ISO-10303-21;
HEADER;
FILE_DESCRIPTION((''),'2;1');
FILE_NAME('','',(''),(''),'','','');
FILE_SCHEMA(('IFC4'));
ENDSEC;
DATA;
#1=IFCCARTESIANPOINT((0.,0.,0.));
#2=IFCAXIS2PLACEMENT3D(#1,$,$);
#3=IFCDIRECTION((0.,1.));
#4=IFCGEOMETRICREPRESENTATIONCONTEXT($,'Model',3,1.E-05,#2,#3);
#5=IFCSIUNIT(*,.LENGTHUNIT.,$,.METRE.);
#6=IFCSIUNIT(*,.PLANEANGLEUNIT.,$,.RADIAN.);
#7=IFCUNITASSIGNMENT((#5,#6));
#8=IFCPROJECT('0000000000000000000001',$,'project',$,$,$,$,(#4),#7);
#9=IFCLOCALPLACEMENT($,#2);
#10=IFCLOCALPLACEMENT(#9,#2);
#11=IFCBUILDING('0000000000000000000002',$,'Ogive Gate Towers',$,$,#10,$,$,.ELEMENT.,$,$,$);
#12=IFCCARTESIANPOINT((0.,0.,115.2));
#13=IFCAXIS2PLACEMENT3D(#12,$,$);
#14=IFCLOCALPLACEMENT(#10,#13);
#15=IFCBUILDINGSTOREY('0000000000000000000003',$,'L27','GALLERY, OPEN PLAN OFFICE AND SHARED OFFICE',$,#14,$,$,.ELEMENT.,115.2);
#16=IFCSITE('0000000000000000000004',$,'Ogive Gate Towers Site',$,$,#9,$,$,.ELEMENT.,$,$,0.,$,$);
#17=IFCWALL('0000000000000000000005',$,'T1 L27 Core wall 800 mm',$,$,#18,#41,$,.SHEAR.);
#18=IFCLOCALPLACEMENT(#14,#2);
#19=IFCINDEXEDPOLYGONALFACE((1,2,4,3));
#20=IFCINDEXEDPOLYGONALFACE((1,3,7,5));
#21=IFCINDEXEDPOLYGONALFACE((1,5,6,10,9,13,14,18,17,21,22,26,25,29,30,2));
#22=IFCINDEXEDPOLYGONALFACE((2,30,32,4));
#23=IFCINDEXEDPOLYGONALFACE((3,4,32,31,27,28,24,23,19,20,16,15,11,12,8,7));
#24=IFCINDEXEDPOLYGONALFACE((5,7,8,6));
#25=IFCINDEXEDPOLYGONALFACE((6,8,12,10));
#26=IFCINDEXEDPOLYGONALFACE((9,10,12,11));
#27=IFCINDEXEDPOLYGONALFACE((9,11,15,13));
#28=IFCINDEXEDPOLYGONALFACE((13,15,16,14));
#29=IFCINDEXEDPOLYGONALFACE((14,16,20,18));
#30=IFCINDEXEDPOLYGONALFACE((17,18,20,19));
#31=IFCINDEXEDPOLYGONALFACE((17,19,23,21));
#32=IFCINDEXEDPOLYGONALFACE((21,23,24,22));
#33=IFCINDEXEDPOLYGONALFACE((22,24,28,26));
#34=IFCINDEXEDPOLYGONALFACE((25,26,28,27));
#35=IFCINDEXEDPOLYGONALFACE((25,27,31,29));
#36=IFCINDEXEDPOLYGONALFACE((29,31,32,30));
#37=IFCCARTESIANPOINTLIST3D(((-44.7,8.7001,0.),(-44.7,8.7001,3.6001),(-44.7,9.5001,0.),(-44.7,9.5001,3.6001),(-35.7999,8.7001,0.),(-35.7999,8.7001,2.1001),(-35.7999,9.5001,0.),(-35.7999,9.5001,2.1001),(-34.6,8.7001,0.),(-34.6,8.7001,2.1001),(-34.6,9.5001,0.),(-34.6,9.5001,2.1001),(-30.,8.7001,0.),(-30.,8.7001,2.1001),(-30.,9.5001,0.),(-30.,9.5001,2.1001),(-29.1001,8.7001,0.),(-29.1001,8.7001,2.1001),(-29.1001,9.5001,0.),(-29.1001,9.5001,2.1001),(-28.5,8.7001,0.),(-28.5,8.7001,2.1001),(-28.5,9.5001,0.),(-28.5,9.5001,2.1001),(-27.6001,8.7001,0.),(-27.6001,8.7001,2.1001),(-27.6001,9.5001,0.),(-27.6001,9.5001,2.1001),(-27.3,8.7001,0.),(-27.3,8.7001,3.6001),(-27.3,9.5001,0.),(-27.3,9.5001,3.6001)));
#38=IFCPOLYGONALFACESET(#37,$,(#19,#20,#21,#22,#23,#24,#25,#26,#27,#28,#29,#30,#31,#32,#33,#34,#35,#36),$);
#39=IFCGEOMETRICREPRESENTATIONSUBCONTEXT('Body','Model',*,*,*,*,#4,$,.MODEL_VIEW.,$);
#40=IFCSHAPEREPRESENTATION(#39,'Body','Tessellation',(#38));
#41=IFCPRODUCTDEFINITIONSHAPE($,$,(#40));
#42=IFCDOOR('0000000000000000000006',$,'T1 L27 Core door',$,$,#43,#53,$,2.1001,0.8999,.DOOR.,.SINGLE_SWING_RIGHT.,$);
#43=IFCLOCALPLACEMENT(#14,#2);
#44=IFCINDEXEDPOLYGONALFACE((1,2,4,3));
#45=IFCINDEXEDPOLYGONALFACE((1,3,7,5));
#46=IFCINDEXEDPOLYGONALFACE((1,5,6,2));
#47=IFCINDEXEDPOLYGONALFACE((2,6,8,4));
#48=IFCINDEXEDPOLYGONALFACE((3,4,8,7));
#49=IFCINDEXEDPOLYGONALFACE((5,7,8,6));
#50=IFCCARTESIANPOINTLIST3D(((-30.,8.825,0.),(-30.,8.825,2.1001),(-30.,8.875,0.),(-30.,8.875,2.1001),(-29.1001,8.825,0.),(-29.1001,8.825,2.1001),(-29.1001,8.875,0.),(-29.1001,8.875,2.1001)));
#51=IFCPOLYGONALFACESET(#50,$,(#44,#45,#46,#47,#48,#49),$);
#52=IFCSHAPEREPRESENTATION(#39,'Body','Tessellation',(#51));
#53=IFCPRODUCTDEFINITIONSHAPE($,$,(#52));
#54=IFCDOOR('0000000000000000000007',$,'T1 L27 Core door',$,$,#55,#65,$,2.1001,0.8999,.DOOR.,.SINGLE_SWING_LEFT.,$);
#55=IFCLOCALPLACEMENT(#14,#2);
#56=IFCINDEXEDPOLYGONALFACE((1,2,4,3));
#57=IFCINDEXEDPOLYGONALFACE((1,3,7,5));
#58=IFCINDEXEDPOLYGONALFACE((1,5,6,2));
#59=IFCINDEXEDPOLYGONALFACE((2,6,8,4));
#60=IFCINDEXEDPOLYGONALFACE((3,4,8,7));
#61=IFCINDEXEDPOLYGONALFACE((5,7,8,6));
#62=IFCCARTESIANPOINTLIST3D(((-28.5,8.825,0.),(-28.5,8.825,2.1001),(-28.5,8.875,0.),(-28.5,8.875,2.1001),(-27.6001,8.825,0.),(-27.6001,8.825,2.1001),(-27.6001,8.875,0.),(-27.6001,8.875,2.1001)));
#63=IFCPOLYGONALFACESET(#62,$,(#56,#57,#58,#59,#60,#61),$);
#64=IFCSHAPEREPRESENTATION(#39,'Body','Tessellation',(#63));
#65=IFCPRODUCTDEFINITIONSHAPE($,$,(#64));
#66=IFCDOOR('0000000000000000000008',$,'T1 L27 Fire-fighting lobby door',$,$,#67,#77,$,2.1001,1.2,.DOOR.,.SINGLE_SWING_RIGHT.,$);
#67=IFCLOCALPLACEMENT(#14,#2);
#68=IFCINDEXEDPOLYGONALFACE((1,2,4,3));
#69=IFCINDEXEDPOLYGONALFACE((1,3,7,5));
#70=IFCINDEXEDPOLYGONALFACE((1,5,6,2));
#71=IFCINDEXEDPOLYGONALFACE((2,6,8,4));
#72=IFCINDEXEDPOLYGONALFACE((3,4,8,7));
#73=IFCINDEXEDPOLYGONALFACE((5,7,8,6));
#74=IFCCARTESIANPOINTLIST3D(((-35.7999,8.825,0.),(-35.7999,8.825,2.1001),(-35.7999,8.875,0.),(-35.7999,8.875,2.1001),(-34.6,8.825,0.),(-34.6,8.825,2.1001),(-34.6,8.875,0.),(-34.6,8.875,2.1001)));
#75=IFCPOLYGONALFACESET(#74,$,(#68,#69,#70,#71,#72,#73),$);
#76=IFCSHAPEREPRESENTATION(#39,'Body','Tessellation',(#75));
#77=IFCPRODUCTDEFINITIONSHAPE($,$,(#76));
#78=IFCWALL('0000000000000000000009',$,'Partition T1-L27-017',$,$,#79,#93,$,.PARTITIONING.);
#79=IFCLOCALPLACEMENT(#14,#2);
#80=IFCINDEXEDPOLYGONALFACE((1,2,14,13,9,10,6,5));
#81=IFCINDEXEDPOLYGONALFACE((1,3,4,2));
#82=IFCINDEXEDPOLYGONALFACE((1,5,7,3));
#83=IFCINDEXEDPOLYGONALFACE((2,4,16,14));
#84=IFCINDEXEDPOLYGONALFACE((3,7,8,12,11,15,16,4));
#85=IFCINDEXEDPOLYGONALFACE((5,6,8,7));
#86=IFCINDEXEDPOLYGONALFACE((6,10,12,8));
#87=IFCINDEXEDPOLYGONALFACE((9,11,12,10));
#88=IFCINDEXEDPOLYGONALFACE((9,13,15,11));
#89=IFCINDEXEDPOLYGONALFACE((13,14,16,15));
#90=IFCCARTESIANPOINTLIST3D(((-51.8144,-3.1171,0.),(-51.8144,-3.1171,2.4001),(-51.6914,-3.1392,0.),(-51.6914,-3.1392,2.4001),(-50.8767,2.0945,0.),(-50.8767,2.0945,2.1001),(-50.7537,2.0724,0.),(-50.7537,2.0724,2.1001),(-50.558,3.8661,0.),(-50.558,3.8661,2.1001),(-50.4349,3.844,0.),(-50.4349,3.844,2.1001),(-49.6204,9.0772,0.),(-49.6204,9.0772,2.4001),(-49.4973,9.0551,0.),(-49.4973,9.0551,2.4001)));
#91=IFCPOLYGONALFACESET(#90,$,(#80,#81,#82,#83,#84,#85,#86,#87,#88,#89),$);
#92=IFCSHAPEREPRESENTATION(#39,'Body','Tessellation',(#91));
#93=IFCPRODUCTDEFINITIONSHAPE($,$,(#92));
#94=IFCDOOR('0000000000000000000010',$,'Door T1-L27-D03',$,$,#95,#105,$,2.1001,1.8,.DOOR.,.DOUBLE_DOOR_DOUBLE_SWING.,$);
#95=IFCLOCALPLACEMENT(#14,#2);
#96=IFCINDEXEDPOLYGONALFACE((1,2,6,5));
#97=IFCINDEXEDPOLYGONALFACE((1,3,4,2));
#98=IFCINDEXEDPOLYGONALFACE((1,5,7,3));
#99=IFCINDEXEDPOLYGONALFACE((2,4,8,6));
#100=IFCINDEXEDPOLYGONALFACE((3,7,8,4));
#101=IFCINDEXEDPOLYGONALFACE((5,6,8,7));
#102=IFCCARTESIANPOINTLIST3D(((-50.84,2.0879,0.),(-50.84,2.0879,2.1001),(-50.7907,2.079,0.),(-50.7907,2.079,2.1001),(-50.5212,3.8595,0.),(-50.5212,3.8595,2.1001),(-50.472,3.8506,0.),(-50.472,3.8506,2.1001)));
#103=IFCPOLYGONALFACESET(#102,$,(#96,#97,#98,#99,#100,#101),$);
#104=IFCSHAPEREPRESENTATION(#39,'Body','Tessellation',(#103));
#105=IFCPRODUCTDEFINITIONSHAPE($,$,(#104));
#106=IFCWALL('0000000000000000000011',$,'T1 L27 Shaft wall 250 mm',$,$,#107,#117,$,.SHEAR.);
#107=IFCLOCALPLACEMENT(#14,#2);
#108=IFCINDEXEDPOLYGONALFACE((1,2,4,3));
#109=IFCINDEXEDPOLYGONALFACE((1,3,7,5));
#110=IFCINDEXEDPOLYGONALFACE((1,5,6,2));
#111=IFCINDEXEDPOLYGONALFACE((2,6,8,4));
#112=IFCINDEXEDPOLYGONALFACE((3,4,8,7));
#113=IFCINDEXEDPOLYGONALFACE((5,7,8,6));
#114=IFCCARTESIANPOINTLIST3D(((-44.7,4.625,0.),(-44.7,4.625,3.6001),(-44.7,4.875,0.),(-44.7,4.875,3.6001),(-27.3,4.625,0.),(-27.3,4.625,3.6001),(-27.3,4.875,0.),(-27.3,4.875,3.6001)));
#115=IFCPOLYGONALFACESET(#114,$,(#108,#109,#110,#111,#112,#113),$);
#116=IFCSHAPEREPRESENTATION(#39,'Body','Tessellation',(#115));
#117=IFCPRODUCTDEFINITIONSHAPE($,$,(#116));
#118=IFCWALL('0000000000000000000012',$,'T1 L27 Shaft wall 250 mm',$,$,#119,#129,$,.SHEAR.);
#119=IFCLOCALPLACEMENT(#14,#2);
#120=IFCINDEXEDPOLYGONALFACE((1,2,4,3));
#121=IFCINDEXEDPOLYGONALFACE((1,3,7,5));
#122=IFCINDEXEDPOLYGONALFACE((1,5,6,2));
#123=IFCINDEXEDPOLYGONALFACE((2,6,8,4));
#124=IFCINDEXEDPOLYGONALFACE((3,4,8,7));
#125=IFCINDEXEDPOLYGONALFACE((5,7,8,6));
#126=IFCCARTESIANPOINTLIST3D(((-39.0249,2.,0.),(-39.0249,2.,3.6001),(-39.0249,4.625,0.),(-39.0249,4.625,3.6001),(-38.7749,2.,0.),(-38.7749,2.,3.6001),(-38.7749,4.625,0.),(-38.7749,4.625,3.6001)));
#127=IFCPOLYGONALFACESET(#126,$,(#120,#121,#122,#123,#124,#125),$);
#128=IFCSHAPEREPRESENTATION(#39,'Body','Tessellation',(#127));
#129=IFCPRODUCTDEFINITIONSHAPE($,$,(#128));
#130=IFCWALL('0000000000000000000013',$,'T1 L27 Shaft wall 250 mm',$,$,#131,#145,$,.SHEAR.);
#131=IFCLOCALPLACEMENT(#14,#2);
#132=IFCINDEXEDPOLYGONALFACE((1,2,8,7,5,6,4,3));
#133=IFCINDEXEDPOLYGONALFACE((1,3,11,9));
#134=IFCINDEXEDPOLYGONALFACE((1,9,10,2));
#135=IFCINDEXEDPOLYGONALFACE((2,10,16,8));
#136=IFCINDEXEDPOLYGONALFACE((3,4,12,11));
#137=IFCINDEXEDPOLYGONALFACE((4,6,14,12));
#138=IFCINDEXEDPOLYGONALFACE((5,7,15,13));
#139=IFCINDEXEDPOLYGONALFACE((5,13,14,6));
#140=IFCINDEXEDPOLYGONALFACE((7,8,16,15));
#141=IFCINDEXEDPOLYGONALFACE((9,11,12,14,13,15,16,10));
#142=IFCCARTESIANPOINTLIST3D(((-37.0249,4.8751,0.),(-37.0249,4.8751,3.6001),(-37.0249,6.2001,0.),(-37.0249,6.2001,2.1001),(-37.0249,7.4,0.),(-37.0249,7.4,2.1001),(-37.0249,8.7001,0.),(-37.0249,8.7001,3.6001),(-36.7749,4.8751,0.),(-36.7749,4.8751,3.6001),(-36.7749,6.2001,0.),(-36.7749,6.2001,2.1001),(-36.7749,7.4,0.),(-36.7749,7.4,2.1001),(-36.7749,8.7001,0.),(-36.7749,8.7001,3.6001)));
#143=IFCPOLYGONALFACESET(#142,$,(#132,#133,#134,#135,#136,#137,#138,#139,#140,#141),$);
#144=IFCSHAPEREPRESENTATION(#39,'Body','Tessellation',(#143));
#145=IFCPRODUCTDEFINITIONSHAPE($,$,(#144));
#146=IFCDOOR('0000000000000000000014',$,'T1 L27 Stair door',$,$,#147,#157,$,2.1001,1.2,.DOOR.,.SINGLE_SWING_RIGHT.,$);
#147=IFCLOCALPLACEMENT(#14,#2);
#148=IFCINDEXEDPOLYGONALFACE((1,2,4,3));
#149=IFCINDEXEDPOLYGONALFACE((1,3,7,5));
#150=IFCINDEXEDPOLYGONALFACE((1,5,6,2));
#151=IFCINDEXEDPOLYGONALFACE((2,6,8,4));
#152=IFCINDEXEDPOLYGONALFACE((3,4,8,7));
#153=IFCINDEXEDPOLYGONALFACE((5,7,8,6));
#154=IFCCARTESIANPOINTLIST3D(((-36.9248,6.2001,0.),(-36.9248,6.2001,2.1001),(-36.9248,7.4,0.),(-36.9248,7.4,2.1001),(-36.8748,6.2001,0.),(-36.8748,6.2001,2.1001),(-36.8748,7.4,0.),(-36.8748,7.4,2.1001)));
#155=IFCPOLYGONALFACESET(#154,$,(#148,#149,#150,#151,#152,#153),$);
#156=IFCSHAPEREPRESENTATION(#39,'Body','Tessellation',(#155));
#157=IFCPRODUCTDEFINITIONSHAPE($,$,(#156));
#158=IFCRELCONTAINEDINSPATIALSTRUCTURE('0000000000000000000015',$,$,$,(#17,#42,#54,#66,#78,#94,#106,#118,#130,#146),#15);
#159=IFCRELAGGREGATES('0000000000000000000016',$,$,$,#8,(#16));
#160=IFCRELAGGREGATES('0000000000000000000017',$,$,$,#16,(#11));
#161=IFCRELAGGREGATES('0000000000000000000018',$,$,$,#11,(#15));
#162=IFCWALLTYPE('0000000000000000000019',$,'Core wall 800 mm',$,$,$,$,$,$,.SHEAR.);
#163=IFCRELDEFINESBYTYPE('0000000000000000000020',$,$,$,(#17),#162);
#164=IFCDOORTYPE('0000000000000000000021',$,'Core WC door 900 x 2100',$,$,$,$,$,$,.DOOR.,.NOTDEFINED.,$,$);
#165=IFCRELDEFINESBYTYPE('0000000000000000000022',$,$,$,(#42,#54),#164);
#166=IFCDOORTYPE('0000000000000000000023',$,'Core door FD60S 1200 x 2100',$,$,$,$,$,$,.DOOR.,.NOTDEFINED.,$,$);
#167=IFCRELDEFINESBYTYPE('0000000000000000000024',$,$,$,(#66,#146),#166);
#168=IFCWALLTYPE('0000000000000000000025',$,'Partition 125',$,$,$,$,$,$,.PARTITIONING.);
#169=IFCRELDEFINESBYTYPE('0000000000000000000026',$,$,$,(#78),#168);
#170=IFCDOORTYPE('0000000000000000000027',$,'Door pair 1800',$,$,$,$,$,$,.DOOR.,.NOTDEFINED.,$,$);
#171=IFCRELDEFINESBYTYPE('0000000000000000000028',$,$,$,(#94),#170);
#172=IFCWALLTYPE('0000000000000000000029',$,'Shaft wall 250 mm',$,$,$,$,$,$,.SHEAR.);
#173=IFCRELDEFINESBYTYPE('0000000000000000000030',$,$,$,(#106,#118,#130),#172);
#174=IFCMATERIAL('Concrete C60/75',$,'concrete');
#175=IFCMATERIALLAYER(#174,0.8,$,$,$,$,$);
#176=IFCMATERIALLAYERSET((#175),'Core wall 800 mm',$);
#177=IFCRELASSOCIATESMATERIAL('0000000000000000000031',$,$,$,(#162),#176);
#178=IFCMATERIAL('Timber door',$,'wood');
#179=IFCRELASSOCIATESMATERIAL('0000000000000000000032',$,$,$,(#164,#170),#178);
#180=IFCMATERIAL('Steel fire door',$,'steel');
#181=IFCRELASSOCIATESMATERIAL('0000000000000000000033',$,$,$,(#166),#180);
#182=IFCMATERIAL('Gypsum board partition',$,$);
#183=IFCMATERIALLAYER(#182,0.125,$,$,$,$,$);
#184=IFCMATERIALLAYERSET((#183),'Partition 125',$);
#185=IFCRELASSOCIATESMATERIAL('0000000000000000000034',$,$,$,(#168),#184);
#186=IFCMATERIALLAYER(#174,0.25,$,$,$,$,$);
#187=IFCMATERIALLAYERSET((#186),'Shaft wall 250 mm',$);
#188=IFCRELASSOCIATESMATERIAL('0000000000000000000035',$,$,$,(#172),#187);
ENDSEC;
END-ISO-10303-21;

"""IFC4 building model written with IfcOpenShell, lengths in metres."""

from ifc_helpers import new_model, si_unit, direction, frame, frame_2d, origin, place, context, subcontext, project, spatial, rectangle, extrude, material, layer, layer_set, type_object, element, fill, save


model = new_model("IFC4")

# Units and contexts
model_context = context("Model", 3, precision=1e-05, world=origin(), true_north=direction((0.0, 1.0)))
body_context = subcontext(model_context, "Body", "Model", "MODEL_VIEW")
ifc_project = project(units=[si_unit("LENGTHUNIT", "METRE"), si_unit("PLANEANGLEUNIT", "RADIAN")], contexts=[model_context])

# Site, building, storey
site_placement = place(None, origin())
site = spatial("IfcSite", under=ifc_project, at=site_placement, Name="Ogive Gate Towers Site", CompositionType="ELEMENT", RefElevation=0.0)
building_placement = place(site_placement, origin())
building = spatial("IfcBuilding", under=site, at=building_placement, Name="Ogive Gate Towers", CompositionType="ELEMENT")
storey_placement = place(building_placement, frame((0.0, 0.0, 115.2)))
storey = spatial("IfcBuildingStorey", under=building, at=storey_placement, Name="L27", Description="GALLERY, OPEN PLAN OFFICE AND SHARED OFFICE", CompositionType="ELEMENT", Elevation=115.2)

# Wall, openings, doors
ifc_material_1 = material(Name="Concrete C60/75", Category="concrete")
ifc_layer_1 = layer(ifc_material_1, 0.8)
ifc_layer_set_1 = layer_set([ifc_layer_1], Name="Core wall 800 mm")
wall_type_1 = type_object("IfcWallType", Name="Core wall 800 mm", PredefinedType="SHEAR", material=ifc_layer_set_1)
wall_1_placement = place(storey_placement, frame((-44.7, 9.1001, 0.0), z_axis=(0.0, 0.0, 1.0), x_axis=(1.0, 0.0, 0.0)))
wall_1 = element("IfcWall", 1, at=wall_1_placement, inside=storey, type_object=wall_type_1, Name="T1 L27 Core wall 800 mm", PredefinedType="SHEAR", context=body_context, shape_type="SweptSolid", body=[
    extrude(rectangle(XDim=17.3999, YDim=0.8, at=frame_2d((8.7, 0.0))), origin(), (0.0, 0.0, 1.0), 3.6001),
])
opening_1_placement = place(wall_1_placement, frame((8.8999, 0.0, 0.0)))
opening_1 = element("IfcOpeningElement", 2, at=opening_1_placement, cuts=wall_1, PredefinedType="OPENING", context=body_context, shape_type="SweptSolid", body=[
    extrude(rectangle(XDim=1.2, YDim=2.1001, at=frame_2d((0.6001, 1.05))), frame((0.0, 0.4102, 0.0), z_axis=(0.0, -1.0, 0.0), x_axis=(1.0, 0.0, 0.0)), (0.0, 0.0, 1.0), 0.8201),
])
opening_2_placement = place(wall_1_placement, frame((14.7, 0.0, 0.0)))
opening_2 = element("IfcOpeningElement", 3, at=opening_2_placement, cuts=wall_1, PredefinedType="OPENING", context=body_context, shape_type="SweptSolid", body=[
    extrude(rectangle(XDim=0.8999, YDim=2.1001, at=frame_2d((0.45, 1.05))), frame((0.0, 0.4102, 0.0), z_axis=(0.0, -1.0, 0.0), x_axis=(1.0, 0.0, 0.0)), (0.0, 0.0, 1.0), 0.8201),
])
opening_3_placement = place(wall_1_placement, frame((16.2, 0.0, 0.0)))
opening_3 = element("IfcOpeningElement", 4, at=opening_3_placement, cuts=wall_1, PredefinedType="OPENING", context=body_context, shape_type="SweptSolid", body=[
    extrude(rectangle(XDim=0.8999, YDim=2.1001, at=frame_2d((0.45, 1.05))), frame((0.0, 0.4102, 0.0), z_axis=(0.0, -1.0, 0.0), x_axis=(1.0, 0.0, 0.0)), (0.0, 0.0, 1.0), 0.8201),
])
ifc_material_2 = material(Name="Timber door", Category="wood")
door_type_1 = type_object("IfcDoorType", Name="Core WC door 900 x 2100", OperationType="NOTDEFINED", PredefinedType="DOOR", material=ifc_material_2)
door_1_placement = place(opening_2_placement, origin())
door_1 = element("IfcDoor", 5, at=door_1_placement, inside=storey, type_object=door_type_1, Name="T1 L27 Core door", OperationType="SINGLE_SWING_RIGHT", OverallHeight=2.1001, OverallWidth=0.8999, PredefinedType="DOOR", context=body_context, shape_type="SweptSolid", body=[
    extrude(rectangle(XDim=0.8999, YDim=2.1001, at=frame_2d((0.45, 1.05))), frame((0.0, -0.2251, 0.0), z_axis=(0.0, -1.0, 0.0), x_axis=(1.0, 0.0, 0.0)), (0.0, 0.0, 1.0), 0.05),
])
fill(opening_2, door_1)
door_2_placement = place(opening_3_placement, origin())
door_2 = element("IfcDoor", 6, at=door_2_placement, inside=storey, type_object=door_type_1, Name="T1 L27 Core door", OperationType="SINGLE_SWING_LEFT", OverallHeight=2.1001, OverallWidth=0.8999, PredefinedType="DOOR", context=body_context, shape_type="SweptSolid", body=[
    extrude(rectangle(XDim=0.8999, YDim=2.1001, at=frame_2d((0.45, 1.05))), frame((0.0, -0.2251, 0.0), z_axis=(0.0, -1.0, 0.0), x_axis=(1.0, 0.0, 0.0)), (0.0, 0.0, 1.0), 0.05),
])
fill(opening_3, door_2)
ifc_material_3 = material(Name="Steel fire door", Category="steel")
door_type_2 = type_object("IfcDoorType", Name="Core door FD60S 1200 x 2100", OperationType="NOTDEFINED", PredefinedType="DOOR", material=ifc_material_3)
door_3_placement = place(opening_1_placement, origin())
door_3 = element("IfcDoor", 7, at=door_3_placement, inside=storey, type_object=door_type_2, Name="T1 L27 Fire-fighting lobby door", OperationType="SINGLE_SWING_RIGHT", OverallHeight=2.1001, OverallWidth=1.2, PredefinedType="DOOR", context=body_context, shape_type="SweptSolid", body=[
    extrude(rectangle(XDim=1.2, YDim=2.1001, at=frame_2d((0.6001, 1.05))), frame((0.0, -0.2251, 0.0), z_axis=(0.0, -1.0, 0.0), x_axis=(1.0, 0.0, 0.0)), (0.0, 0.0, 1.0), 0.05),
])
fill(opening_1, door_3)

# Wall, opening, door
ifc_material_4 = material(Name="Gypsum board partition")
ifc_layer_2 = layer(ifc_material_4, 0.125)
ifc_layer_set_2 = layer_set([ifc_layer_2], Name="Partition 125")
wall_type_2 = type_object("IfcWallType", Name="Partition 125", PredefinedType="PARTITIONING", material=ifc_layer_set_2)
wall_2_placement = place(storey_placement, frame((-49.5588, 9.0662, 0.0), z_axis=(0.0, 0.0, 1.0), x_axis=(-0.177084, -0.984196, 0.0)))
wall_2 = element("IfcWall", 8, at=wall_2_placement, inside=storey, type_object=wall_type_2, Name="Partition T1-L27-017", PredefinedType="PARTITIONING", context=body_context, shape_type="SweptSolid", body=[
    extrude(rectangle(XDim=12.3901, YDim=0.125, at=frame_2d((6.1951, 0.0))), origin(), (0.0, 0.0, 1.0), 2.4001),
])
opening_4_placement = place(wall_2_placement, frame((5.2949, 0.0, 0.0)))
opening_4 = element("IfcOpeningElement", 9, at=opening_4_placement, cuts=wall_2, PredefinedType="OPENING", context=body_context, shape_type="SweptSolid", body=[
    extrude(rectangle(XDim=1.8, YDim=2.1001, at=frame_2d((0.8999, 1.05))), frame((0.0, 0.0725, 0.0), z_axis=(0.0, -1.0, 0.0), x_axis=(1.0, 0.0, 0.0)), (0.0, 0.0, 1.0), 0.145),
])
door_type_3 = type_object("IfcDoorType", Name="Door pair 1800", OperationType="NOTDEFINED", PredefinedType="DOOR", material=ifc_material_2)
door_4_placement = place(opening_4_placement, origin())
door_4 = element("IfcDoor", 10, at=door_4_placement, inside=storey, type_object=door_type_3, Name="Door T1-L27-D03", OperationType="DOUBLE_DOOR_DOUBLE_SWING", OverallHeight=2.1001, OverallWidth=1.8, PredefinedType="DOOR", context=body_context, shape_type="SweptSolid", body=[
    extrude(rectangle(XDim=1.8, YDim=2.1001, at=frame_2d((0.8999, 1.05))), frame((0.0, 0.0249, 0.0), z_axis=(0.0, -1.0, 0.0), x_axis=(1.0, 0.0, 0.0)), (0.0, 0.0, 1.0), 0.05),
])
fill(opening_4, door_4)

# Walls
ifc_layer_3 = layer(ifc_material_1, 0.25)
ifc_layer_set_3 = layer_set([ifc_layer_3], Name="Shaft wall 250 mm")
wall_type_3 = type_object("IfcWallType", Name="Shaft wall 250 mm", PredefinedType="SHEAR", material=ifc_layer_set_3)
wall_3_placement = place(storey_placement, frame((-44.7, 4.75, 0.0), z_axis=(0.0, 0.0, 1.0), x_axis=(1.0, 0.0, 0.0)))
element("IfcWall", 11, at=wall_3_placement, inside=storey, type_object=wall_type_3, Name="T1 L27 Shaft wall 250 mm", PredefinedType="SHEAR", context=body_context, shape_type="SweptSolid", body=[
    extrude(rectangle(XDim=17.3999, YDim=0.25, at=frame_2d((8.7, 0.0))), origin(), (0.0, 0.0, 1.0), 3.6001),
])
wall_4_placement = place(storey_placement, frame((-38.8999, 2.0, 0.0), z_axis=(0.0, 0.0, 1.0), x_axis=(0.0, 1.0, 0.0)))
element("IfcWall", 12, at=wall_4_placement, inside=storey, type_object=wall_type_3, Name="T1 L27 Shaft wall 250 mm", PredefinedType="SHEAR", context=body_context, shape_type="SweptSolid", body=[
    extrude(rectangle(XDim=2.625, YDim=0.25, at=frame_2d((1.3125, 0.0))), origin(), (0.0, 0.0, 1.0), 3.6001),
])

# Wall, opening, door
wall_5_placement = place(storey_placement, frame((-36.8999, 4.875, 0.0), z_axis=(0.0, 0.0, 1.0), x_axis=(0.0, 1.0, 0.0)))
wall_5 = element("IfcWall", 13, at=wall_5_placement, inside=storey, type_object=wall_type_3, Name="T1 L27 Shaft wall 250 mm", PredefinedType="SHEAR", context=body_context, shape_type="SweptSolid", body=[
    extrude(rectangle(XDim=3.825, YDim=0.25, at=frame_2d((1.9126, 0.0))), origin(), (0.0, 0.0, 1.0), 3.6001),
])
opening_5_placement = place(wall_5_placement, frame((1.325, 0.0, 0.0)))
opening_5 = element("IfcOpeningElement", 14, at=opening_5_placement, cuts=wall_5, PredefinedType="OPENING", context=body_context, shape_type="SweptSolid", body=[
    extrude(rectangle(XDim=1.2, YDim=2.1001, at=frame_2d((0.6001, 1.05))), frame((0.0, 0.135, 0.0), z_axis=(0.0, -1.0, 0.0), x_axis=(1.0, 0.0, 0.0)), (0.0, 0.0, 1.0), 0.27),
])
door_5_placement = place(opening_5_placement, origin())
door_5 = element("IfcDoor", 15, at=door_5_placement, inside=storey, type_object=door_type_2, Name="T1 L27 Stair door", OperationType="SINGLE_SWING_RIGHT", OverallHeight=2.1001, OverallWidth=1.2, PredefinedType="DOOR", context=body_context, shape_type="SweptSolid", body=[
    extrude(rectangle(XDim=1.2, YDim=2.1001, at=frame_2d((0.6001, 1.05))), frame((0.0, 0.0249, 0.0), z_axis=(0.0, -1.0, 0.0), x_axis=(1.0, 0.0, 0.0)), (0.0, 0.0, 1.0), 0.05),
])
fill(opening_5, door_5)

save(model, "model.ifc")
